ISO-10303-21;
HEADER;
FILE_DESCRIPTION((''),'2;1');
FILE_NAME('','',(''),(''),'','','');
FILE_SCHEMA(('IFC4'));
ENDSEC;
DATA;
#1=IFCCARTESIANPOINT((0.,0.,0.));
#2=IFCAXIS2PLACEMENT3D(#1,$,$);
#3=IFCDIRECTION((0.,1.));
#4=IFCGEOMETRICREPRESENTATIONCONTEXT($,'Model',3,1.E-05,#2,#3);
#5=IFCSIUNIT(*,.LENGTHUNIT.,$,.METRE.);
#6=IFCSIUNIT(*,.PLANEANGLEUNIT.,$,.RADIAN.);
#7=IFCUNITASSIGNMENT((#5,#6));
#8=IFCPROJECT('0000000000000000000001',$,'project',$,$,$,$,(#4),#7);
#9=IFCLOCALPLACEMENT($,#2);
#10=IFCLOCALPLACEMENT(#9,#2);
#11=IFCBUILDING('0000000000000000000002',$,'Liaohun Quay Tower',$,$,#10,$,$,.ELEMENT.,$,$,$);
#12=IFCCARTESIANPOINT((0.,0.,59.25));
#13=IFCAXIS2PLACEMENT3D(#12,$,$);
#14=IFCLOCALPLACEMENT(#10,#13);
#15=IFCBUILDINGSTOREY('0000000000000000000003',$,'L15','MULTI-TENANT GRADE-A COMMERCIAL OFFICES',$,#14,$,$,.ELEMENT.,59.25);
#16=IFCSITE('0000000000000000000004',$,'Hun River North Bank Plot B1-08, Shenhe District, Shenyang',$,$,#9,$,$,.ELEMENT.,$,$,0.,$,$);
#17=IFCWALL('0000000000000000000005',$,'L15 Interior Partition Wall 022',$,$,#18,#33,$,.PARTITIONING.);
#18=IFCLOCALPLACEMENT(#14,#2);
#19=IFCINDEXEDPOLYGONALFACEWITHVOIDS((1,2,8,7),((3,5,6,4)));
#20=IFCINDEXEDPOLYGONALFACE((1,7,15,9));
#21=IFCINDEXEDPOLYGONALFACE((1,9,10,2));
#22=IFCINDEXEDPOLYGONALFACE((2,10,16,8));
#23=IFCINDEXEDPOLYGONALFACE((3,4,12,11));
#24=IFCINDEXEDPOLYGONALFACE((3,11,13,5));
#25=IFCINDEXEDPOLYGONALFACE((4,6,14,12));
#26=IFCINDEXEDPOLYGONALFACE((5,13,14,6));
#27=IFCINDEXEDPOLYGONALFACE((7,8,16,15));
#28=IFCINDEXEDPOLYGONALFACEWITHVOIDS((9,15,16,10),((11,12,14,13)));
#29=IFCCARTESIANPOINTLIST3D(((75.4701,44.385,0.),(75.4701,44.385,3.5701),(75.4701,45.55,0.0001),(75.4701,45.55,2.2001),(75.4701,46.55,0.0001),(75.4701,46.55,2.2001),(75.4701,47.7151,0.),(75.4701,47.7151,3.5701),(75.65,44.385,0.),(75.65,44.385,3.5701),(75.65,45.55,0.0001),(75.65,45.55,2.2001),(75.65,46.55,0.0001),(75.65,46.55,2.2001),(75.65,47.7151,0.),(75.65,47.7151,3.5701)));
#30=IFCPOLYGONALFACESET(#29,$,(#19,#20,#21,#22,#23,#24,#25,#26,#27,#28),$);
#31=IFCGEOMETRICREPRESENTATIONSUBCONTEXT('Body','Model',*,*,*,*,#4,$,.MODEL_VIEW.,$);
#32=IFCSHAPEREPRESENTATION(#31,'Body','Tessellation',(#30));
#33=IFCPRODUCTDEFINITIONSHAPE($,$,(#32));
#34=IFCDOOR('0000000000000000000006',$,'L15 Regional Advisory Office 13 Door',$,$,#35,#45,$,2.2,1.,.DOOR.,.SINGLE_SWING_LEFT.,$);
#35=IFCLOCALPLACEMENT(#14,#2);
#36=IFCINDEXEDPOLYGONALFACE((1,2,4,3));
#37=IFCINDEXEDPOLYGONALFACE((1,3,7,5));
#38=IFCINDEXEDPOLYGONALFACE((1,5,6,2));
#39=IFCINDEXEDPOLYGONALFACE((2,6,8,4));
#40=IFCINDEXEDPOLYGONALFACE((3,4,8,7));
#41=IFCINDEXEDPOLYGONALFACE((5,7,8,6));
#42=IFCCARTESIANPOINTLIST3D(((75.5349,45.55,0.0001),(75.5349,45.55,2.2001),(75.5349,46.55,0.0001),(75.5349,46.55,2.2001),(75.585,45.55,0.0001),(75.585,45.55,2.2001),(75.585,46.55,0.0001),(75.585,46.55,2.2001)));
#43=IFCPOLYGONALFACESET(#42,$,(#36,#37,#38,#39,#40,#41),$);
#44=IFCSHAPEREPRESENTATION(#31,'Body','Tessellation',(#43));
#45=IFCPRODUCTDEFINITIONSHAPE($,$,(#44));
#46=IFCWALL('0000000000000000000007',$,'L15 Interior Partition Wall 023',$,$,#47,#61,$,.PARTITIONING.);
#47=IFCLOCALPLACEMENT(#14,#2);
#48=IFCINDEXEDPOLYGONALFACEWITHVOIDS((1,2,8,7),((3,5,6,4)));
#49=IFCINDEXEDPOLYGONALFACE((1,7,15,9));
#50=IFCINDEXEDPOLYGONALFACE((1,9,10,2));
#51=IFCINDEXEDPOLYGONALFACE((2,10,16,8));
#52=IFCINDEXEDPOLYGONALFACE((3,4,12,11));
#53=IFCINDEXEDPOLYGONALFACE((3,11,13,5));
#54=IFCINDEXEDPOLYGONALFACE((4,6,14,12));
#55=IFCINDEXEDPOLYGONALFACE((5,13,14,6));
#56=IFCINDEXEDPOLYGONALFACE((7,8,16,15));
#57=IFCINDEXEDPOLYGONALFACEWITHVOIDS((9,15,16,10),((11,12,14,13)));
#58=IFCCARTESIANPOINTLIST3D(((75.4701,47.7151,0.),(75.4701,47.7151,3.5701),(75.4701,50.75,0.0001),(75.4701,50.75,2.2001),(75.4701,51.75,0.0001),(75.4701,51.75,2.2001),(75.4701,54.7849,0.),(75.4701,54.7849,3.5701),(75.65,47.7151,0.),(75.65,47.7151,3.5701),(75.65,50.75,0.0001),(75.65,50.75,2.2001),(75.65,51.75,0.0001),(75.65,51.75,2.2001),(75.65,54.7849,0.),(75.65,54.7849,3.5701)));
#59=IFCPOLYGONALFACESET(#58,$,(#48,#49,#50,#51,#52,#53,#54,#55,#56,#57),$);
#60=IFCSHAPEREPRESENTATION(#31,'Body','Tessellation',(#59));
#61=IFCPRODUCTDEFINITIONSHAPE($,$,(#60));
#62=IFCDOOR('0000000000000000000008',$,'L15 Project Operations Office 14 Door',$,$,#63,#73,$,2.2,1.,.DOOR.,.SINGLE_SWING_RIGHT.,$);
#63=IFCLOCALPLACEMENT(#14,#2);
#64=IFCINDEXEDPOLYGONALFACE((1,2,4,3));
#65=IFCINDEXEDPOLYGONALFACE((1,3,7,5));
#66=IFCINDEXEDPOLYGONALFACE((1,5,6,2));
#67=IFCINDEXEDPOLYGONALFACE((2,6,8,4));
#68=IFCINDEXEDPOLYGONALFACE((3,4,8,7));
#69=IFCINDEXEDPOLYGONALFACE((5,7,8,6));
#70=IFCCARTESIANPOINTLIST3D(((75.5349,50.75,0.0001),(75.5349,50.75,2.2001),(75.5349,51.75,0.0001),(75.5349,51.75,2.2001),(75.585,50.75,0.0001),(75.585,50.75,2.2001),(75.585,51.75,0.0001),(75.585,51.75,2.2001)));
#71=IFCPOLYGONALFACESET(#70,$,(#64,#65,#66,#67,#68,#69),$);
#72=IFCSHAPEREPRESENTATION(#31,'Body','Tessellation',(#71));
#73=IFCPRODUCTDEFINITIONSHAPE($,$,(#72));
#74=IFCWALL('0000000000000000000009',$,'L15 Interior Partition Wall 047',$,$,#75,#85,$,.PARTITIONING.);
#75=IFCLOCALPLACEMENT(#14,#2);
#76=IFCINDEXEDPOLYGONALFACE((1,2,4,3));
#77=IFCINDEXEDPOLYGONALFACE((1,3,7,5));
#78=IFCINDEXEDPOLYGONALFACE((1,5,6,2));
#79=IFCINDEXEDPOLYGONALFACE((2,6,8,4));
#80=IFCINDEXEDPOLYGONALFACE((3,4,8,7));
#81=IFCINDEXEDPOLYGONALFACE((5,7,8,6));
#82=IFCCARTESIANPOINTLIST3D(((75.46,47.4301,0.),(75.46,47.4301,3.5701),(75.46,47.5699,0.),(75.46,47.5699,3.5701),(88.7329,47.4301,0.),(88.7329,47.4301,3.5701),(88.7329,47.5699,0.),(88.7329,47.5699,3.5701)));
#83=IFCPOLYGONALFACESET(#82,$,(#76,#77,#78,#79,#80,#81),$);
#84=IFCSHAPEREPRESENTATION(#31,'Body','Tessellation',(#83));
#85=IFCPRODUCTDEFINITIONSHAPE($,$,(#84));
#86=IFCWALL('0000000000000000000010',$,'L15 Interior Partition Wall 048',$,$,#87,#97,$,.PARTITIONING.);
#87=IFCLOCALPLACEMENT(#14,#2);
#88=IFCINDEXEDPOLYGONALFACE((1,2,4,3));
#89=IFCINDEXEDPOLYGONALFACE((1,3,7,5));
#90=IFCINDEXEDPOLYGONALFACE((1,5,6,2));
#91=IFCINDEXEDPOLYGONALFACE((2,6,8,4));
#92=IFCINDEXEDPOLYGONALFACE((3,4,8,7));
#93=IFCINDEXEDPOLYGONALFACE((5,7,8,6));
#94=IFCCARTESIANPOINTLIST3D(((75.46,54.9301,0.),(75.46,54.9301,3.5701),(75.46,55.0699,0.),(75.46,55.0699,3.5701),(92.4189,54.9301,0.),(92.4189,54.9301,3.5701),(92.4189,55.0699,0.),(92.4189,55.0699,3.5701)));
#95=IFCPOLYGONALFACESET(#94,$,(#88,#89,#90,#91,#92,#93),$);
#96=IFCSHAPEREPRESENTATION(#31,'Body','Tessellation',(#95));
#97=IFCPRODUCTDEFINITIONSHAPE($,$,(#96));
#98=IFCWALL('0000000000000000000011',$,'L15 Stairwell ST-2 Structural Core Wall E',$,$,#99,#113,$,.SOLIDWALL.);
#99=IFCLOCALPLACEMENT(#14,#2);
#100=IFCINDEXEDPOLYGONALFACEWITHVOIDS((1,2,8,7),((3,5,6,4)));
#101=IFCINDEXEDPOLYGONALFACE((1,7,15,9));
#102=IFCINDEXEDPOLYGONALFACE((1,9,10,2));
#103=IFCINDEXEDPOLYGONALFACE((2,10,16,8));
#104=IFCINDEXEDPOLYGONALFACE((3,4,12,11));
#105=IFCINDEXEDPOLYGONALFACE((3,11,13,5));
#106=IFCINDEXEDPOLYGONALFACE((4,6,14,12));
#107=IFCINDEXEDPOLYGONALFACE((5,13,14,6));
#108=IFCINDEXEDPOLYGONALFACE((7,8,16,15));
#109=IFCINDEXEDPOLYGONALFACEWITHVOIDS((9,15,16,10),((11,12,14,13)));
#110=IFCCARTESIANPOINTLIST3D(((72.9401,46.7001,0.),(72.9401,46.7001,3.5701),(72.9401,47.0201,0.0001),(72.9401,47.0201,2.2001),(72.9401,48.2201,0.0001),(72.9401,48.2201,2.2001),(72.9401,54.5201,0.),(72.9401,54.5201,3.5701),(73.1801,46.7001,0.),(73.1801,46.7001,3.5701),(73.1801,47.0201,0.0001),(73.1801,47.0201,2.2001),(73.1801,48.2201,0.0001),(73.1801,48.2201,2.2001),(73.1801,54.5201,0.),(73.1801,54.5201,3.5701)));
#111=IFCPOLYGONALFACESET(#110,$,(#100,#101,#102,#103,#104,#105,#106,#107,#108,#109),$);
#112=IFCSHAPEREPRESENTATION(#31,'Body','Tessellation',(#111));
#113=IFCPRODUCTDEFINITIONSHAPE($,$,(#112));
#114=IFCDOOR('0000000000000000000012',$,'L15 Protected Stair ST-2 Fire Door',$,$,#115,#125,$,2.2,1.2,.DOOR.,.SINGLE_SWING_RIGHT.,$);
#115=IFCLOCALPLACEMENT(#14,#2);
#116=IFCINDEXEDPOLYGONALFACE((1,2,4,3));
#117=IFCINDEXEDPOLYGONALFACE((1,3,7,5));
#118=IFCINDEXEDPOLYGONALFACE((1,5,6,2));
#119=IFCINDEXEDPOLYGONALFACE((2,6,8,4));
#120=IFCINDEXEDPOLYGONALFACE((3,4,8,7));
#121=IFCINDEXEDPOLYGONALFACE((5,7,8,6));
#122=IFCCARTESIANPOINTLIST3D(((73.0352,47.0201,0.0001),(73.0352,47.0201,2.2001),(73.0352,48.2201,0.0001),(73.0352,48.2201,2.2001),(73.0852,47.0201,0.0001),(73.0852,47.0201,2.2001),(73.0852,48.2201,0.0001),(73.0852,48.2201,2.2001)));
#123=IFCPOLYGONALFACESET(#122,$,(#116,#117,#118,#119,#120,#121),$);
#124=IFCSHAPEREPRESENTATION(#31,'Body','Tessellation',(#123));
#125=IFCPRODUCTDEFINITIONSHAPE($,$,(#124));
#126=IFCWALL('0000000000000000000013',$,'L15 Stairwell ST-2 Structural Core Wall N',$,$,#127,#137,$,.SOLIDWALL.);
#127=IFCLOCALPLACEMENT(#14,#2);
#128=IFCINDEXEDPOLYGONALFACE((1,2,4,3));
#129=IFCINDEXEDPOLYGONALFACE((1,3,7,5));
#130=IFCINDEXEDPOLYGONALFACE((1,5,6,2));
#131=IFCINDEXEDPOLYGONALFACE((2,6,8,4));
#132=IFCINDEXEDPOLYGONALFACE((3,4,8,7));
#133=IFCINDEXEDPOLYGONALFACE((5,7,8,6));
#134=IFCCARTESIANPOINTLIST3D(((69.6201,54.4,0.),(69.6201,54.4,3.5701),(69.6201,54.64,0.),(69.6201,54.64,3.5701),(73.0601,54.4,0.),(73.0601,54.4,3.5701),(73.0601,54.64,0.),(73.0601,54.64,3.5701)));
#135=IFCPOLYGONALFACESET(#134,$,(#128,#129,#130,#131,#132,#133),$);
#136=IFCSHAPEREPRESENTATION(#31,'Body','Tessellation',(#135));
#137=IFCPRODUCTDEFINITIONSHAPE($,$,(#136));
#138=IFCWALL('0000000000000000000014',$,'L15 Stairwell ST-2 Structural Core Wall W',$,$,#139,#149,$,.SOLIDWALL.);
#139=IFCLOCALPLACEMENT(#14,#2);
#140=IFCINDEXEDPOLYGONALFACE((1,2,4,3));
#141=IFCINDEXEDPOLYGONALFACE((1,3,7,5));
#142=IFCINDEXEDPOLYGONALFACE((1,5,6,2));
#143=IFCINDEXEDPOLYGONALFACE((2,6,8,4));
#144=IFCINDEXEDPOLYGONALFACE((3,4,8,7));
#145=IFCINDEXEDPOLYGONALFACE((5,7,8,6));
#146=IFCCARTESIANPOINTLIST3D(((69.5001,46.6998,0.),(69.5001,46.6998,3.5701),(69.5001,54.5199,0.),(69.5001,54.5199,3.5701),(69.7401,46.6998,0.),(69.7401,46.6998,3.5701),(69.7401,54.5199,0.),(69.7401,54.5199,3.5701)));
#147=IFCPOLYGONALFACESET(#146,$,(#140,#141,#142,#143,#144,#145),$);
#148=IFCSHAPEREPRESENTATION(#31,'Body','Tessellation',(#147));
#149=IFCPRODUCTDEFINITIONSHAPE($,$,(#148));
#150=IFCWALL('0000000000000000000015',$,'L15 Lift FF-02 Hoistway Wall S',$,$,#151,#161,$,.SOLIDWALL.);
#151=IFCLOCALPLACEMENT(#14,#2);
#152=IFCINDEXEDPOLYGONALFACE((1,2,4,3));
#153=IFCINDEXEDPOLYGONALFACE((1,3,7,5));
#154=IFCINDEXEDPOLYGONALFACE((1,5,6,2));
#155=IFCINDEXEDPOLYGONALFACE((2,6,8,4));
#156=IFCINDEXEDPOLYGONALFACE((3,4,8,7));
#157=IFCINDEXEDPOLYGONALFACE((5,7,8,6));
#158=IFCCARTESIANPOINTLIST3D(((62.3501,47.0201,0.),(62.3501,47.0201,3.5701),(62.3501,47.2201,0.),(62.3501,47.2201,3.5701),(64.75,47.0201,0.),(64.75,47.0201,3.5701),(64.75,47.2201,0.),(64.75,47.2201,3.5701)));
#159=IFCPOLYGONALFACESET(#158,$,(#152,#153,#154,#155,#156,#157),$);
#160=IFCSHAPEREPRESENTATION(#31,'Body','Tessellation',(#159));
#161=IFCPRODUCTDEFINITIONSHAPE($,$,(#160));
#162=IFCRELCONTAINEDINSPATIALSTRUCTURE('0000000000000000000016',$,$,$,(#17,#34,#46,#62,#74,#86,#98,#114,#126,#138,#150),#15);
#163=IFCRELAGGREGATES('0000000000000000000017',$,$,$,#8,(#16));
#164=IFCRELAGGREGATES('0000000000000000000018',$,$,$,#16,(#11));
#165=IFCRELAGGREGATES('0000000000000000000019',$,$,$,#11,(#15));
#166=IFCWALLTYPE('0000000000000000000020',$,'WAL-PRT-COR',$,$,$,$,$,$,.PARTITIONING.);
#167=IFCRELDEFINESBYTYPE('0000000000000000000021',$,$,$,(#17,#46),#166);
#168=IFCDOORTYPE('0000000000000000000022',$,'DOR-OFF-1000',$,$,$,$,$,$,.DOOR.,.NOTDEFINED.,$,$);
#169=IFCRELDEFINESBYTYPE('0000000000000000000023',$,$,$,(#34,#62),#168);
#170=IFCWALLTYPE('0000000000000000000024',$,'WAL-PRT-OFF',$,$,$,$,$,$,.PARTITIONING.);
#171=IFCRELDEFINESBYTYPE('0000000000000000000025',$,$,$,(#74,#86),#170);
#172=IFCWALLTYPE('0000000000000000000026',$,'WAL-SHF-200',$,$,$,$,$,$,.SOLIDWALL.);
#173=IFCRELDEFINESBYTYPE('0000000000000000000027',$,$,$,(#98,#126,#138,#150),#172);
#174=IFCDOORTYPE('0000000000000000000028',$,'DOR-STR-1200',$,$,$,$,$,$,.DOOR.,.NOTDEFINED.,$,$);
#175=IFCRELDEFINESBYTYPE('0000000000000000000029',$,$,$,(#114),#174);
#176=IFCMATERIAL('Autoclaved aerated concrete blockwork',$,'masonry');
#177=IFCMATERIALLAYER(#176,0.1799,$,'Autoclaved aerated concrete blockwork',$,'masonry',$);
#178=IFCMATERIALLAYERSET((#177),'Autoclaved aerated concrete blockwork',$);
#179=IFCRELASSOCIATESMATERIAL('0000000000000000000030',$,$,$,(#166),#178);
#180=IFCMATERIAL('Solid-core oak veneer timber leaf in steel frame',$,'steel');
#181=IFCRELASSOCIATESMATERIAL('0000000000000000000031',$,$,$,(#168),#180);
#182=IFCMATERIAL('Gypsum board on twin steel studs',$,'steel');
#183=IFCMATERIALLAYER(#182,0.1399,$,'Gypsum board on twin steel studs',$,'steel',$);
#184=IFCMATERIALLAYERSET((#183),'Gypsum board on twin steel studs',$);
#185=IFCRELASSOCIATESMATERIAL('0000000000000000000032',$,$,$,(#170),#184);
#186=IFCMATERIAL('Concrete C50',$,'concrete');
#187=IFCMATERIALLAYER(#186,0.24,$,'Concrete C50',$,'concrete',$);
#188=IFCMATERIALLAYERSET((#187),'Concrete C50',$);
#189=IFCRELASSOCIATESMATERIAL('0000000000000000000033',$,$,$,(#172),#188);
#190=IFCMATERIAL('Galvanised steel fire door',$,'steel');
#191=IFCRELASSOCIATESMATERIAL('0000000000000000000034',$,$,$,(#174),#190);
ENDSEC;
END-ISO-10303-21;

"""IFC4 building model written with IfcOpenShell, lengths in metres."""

from ifc_helpers import new_model, si_unit, direction, frame, frame_2d, origin, place, context, subcontext, project, spatial, rectangle, extrude, source, transform, mapped, material, layer, layer_set, type_object, element, fill, save


model = new_model("IFC4")

# Units and contexts
model_context = context("Model", 3, precision=1e-05, world=origin(), true_north=direction((0.0, 1.0)))
body_context = subcontext(model_context, "Body", "Model", "MODEL_VIEW")
ifc_project = project(units=[si_unit("LENGTHUNIT", "METRE"), si_unit("PLANEANGLEUNIT", "RADIAN")], contexts=[model_context])

# Site, building, storey
site_placement = place(None, origin())
site = spatial("IfcSite", under=ifc_project, at=site_placement, Name="Hun River North Bank Plot B1-08, Shenhe District, Shenyang", CompositionType="ELEMENT", RefElevation=0.0)
building_placement = place(site_placement, origin())
building = spatial("IfcBuilding", under=site, at=building_placement, Name="Liaohun Quay Tower", CompositionType="ELEMENT")
storey_placement = place(building_placement, frame((0.0, 0.0, 59.25)))
storey = spatial("IfcBuildingStorey", under=building, at=storey_placement, Name="L15", Description="MULTI-TENANT GRADE-A COMMERCIAL OFFICES", CompositionType="ELEMENT", Elevation=59.25)

# Walls, openings, doors
ifc_material_1 = material(Name="Autoclaved aerated concrete blockwork", Category="masonry")
ifc_layer_1 = layer(ifc_material_1, 0.1799, Name="Autoclaved aerated concrete blockwork", Category="masonry")
ifc_layer_set_1 = layer_set([ifc_layer_1], Name="Autoclaved aerated concrete blockwork")
wall_type_1 = type_object("IfcWallType", Name="WAL-PRT-COR", PredefinedType="PARTITIONING", material=ifc_layer_set_1)
wall_1_placement = place(storey_placement, frame((75.5601, 47.7151, 0.0), z_axis=(0.0, 0.0, 1.0), x_axis=(0.0, -1.0, 0.0)))
wall_1 = element("IfcWall", 1, at=wall_1_placement, inside=storey, type_object=wall_type_1, Name="L15 Interior Partition Wall 022", PredefinedType="PARTITIONING", context=body_context, shape_type="SweptSolid", body=[
    extrude(rectangle(XDim=3.3301, YDim=0.1799, at=frame_2d((1.665, 0.0))), origin(), (0.0, 0.0, 1.0), 3.5701),
])
shared_shape_1 = source(origin(), body_context, "Body", "SweptSolid", [
    extrude(rectangle(XDim=1.0, YDim=2.2, at=frame_2d((0.5, 1.1001))), frame((0.0, 0.0999, 0.0), z_axis=(0.0, -1.0, 0.0), x_axis=(1.0, 0.0, 0.0)), (0.0, 0.0, 1.0), 0.2),
])
opening_1_placement = place(wall_1_placement, frame((1.165, 0.0, 0.0)))
opening_1 = element("IfcOpeningElement", 2, at=opening_1_placement, cuts=wall_1, PredefinedType="OPENING", context=body_context, shape_type="MappedRepresentation", body=[
    mapped(shared_shape_1, transform((0.0, 0.0, 0.0), x_axis=(1.0, 0.0, 0.0), y_axis=(0.0, 1.0, 0.0), z_axis=(0.0, 0.0, 1.0), scale=1.0)),
])
ifc_material_2 = material(Name="Solid-core oak veneer timber leaf in steel frame", Category="steel")
door_type_1 = type_object("IfcDoorType", Name="DOR-OFF-1000", OperationType="NOTDEFINED", PredefinedType="DOOR", material=ifc_material_2)
shared_shape_2 = source(origin(), body_context, "Body", "SweptSolid", [
    extrude(rectangle(XDim=1.0, YDim=2.2, at=frame_2d((0.5, 1.1001))), frame((0.0, 0.0249, 0.0), z_axis=(0.0, -1.0, 0.0), x_axis=(1.0, 0.0, 0.0)), (0.0, 0.0, 1.0), 0.05),
])
door_1_placement = place(opening_1_placement, origin())
door_1 = element("IfcDoor", 3, at=door_1_placement, inside=storey, type_object=door_type_1, Name="L15 Regional Advisory Office 13 Door", OperationType="SINGLE_SWING_LEFT", OverallHeight=2.2, OverallWidth=1.0, PredefinedType="DOOR", context=body_context, shape_type="MappedRepresentation", body=[
    mapped(shared_shape_2, transform((0.0, 0.0, 0.0), x_axis=(1.0, 0.0, 0.0), y_axis=(0.0, 1.0, 0.0), z_axis=(0.0, 0.0, 1.0), scale=1.0)),
])
fill(opening_1, door_1)
wall_2_placement = place(storey_placement, frame((75.5601, 54.7849, 0.0), z_axis=(0.0, 0.0, 1.0), x_axis=(0.0, -1.0, 0.0)))
wall_2 = element("IfcWall", 4, at=wall_2_placement, inside=storey, type_object=wall_type_1, Name="L15 Interior Partition Wall 023", PredefinedType="PARTITIONING", context=body_context, shape_type="SweptSolid", body=[
    extrude(rectangle(XDim=7.0698, YDim=0.1799, at=frame_2d((3.5349, 0.0))), origin(), (0.0, 0.0, 1.0), 3.5701),
])
opening_2_placement = place(wall_2_placement, frame((3.0349, 0.0, 0.0)))
opening_2 = element("IfcOpeningElement", 5, at=opening_2_placement, cuts=wall_2, PredefinedType="OPENING", context=body_context, shape_type="MappedRepresentation", body=[
    mapped(shared_shape_1, transform((0.0, 0.0, 0.0), x_axis=(1.0, 0.0, 0.0), y_axis=(0.0, 1.0, 0.0), z_axis=(0.0, 0.0, 1.0), scale=1.0)),
])
door_2_placement = place(opening_2_placement, origin())
door_2 = element("IfcDoor", 6, at=door_2_placement, inside=storey, type_object=door_type_1, Name="L15 Project Operations Office 14 Door", OperationType="SINGLE_SWING_RIGHT", OverallHeight=2.2, OverallWidth=1.0, PredefinedType="DOOR", context=body_context, shape_type="MappedRepresentation", body=[
    mapped(shared_shape_2, transform((0.0, 0.0, 0.0), x_axis=(1.0, 0.0, 0.0), y_axis=(0.0, 1.0, 0.0), z_axis=(0.0, 0.0, 1.0), scale=1.0)),
])
fill(opening_2, door_2)

# Walls
ifc_material_3 = material(Name="Gypsum board on twin steel studs", Category="steel")
ifc_layer_2 = layer(ifc_material_3, 0.1399, Name="Gypsum board on twin steel studs", Category="steel")
ifc_layer_set_2 = layer_set([ifc_layer_2], Name="Gypsum board on twin steel studs")
wall_type_2 = type_object("IfcWallType", Name="WAL-PRT-OFF", PredefinedType="PARTITIONING", material=ifc_layer_set_2)
wall_3_placement = place(storey_placement, frame((75.46, 47.5, 0.0), z_axis=(0.0, 0.0, 1.0), x_axis=(1.0, 0.0, 0.0)))
element("IfcWall", 7, at=wall_3_placement, inside=storey, type_object=wall_type_2, Name="L15 Interior Partition Wall 047", PredefinedType="PARTITIONING", context=body_context, shape_type="SweptSolid", body=[
    extrude(rectangle(XDim=13.2729, YDim=0.1399, at=frame_2d((6.6365, 0.0))), origin(), (0.0, 0.0, 1.0), 3.5701),
])
wall_4_placement = place(storey_placement, frame((75.46, 55.0, 0.0), z_axis=(0.0, 0.0, 1.0), x_axis=(1.0, 0.0, 0.0)))
element("IfcWall", 8, at=wall_4_placement, inside=storey, type_object=wall_type_2, Name="L15 Interior Partition Wall 048", PredefinedType="PARTITIONING", context=body_context, shape_type="SweptSolid", body=[
    extrude(rectangle(XDim=16.959, YDim=0.1399, at=frame_2d((8.4795, 0.0))), origin(), (0.0, 0.0, 1.0), 3.5701),
])

# Wall, opening, door
ifc_material_4 = material(Name="Concrete C50", Category="concrete")
ifc_layer_3 = layer(ifc_material_4, 0.24, Name="Concrete C50", Category="concrete")
ifc_layer_set_3 = layer_set([ifc_layer_3], Name="Concrete C50")
wall_type_3 = type_object("IfcWallType", Name="WAL-SHF-200", PredefinedType="SOLIDWALL", material=ifc_layer_set_3)
wall_5_placement = place(storey_placement, frame((73.0601, 46.7, 0.0), z_axis=(0.0, 0.0, 1.0), x_axis=(0.0, 1.0, 0.0)))
wall_5 = element("IfcWall", 9, at=wall_5_placement, inside=storey, type_object=wall_type_3, Name="L15 Stairwell ST-2 Structural Core Wall E", PredefinedType="SOLIDWALL", context=body_context, shape_type="SweptSolid", body=[
    extrude(rectangle(XDim=7.8201, YDim=0.24, at=frame_2d((3.9102, 0.0))), origin(), (0.0, 0.0, 1.0), 3.5701),
])
shared_shape_3 = source(origin(), body_context, "Body", "SweptSolid", [
    extrude(rectangle(XDim=1.2, YDim=2.2, at=frame_2d((0.6001, 1.1001))), frame((0.0, 0.1299, 0.0), z_axis=(0.0, -1.0, 0.0), x_axis=(1.0, 0.0, 0.0)), (0.0, 0.0, 1.0), 0.26),
])
opening_3_placement = place(wall_5_placement, frame((0.3201, 0.0, 0.0)))
opening_3 = element("IfcOpeningElement", 10, at=opening_3_placement, cuts=wall_5, PredefinedType="OPENING", context=body_context, shape_type="MappedRepresentation", body=[
    mapped(shared_shape_3, transform((0.0, 0.0, 0.0), x_axis=(1.0, 0.0, 0.0), y_axis=(0.0, 1.0, 0.0), z_axis=(0.0, 0.0, 1.0), scale=1.0)),
])
ifc_material_5 = material(Name="Galvanised steel fire door", Category="steel")
door_type_2 = type_object("IfcDoorType", Name="DOR-STR-1200", OperationType="NOTDEFINED", PredefinedType="DOOR", material=ifc_material_5)
shared_shape_4 = source(origin(), body_context, "Body", "SweptSolid", [
    extrude(rectangle(XDim=1.2, YDim=2.2, at=frame_2d((0.6001, 1.1001))), frame((0.0, 0.0249, 0.0), z_axis=(0.0, -1.0, 0.0), x_axis=(1.0, 0.0, 0.0)), (0.0, 0.0, 1.0), 0.05),
])
door_3_placement = place(opening_3_placement, origin())
door_3 = element("IfcDoor", 11, at=door_3_placement, inside=storey, type_object=door_type_2, Name="L15 Protected Stair ST-2 Fire Door", OperationType="SINGLE_SWING_RIGHT", OverallHeight=2.2, OverallWidth=1.2, PredefinedType="DOOR", context=body_context, shape_type="MappedRepresentation", body=[
    mapped(shared_shape_4, transform((0.0, 0.0, 0.0), x_axis=(1.0, 0.0, 0.0), y_axis=(0.0, 1.0, 0.0), z_axis=(0.0, 0.0, 1.0), scale=1.0)),
])
fill(opening_3, door_3)

# Walls
wall_6_placement = place(storey_placement, frame((73.0601, 54.52, 0.0), z_axis=(0.0, 0.0, 1.0), x_axis=(-1.0, 0.0, 0.0)))
element("IfcWall", 12, at=wall_6_placement, inside=storey, type_object=wall_type_3, Name="L15 Stairwell ST-2 Structural Core Wall N", PredefinedType="SOLIDWALL", context=body_context, shape_type="SweptSolid", body=[
    extrude(rectangle(XDim=3.4399, YDim=0.24, at=frame_2d((1.72, 0.0))), origin(), (0.0, 0.0, 1.0), 3.5701),
])
wall_7_placement = place(storey_placement, frame((69.6201, 54.52, 0.0), z_axis=(0.0, 0.0, 1.0), x_axis=(0.0, -1.0, 0.0)))
element("IfcWall", 13, at=wall_7_placement, inside=storey, type_object=wall_type_3, Name="L15 Stairwell ST-2 Structural Core Wall W", PredefinedType="SOLIDWALL", context=body_context, shape_type="SweptSolid", body=[
    extrude(rectangle(XDim=7.8201, YDim=0.24, at=frame_2d((3.9102, 0.0))), origin(), (0.0, 0.0, 1.0), 3.5701),
])
wall_8_placement = place(storey_placement, frame((62.3501, 47.1201, 0.0), z_axis=(0.0, 0.0, 1.0), x_axis=(1.0, 0.0, 0.0)))
element("IfcWall", 14, at=wall_8_placement, inside=storey, type_object=wall_type_3, Name="L15 Lift FF-02 Hoistway Wall S", PredefinedType="SOLIDWALL", context=body_context, shape_type="SweptSolid", body=[
    extrude(rectangle(XDim=2.3999, YDim=0.2, at=frame_2d((1.2, 0.0))), origin(), (0.0, 0.0, 1.0), 3.5701),
])

save(model, "model.ifc")
